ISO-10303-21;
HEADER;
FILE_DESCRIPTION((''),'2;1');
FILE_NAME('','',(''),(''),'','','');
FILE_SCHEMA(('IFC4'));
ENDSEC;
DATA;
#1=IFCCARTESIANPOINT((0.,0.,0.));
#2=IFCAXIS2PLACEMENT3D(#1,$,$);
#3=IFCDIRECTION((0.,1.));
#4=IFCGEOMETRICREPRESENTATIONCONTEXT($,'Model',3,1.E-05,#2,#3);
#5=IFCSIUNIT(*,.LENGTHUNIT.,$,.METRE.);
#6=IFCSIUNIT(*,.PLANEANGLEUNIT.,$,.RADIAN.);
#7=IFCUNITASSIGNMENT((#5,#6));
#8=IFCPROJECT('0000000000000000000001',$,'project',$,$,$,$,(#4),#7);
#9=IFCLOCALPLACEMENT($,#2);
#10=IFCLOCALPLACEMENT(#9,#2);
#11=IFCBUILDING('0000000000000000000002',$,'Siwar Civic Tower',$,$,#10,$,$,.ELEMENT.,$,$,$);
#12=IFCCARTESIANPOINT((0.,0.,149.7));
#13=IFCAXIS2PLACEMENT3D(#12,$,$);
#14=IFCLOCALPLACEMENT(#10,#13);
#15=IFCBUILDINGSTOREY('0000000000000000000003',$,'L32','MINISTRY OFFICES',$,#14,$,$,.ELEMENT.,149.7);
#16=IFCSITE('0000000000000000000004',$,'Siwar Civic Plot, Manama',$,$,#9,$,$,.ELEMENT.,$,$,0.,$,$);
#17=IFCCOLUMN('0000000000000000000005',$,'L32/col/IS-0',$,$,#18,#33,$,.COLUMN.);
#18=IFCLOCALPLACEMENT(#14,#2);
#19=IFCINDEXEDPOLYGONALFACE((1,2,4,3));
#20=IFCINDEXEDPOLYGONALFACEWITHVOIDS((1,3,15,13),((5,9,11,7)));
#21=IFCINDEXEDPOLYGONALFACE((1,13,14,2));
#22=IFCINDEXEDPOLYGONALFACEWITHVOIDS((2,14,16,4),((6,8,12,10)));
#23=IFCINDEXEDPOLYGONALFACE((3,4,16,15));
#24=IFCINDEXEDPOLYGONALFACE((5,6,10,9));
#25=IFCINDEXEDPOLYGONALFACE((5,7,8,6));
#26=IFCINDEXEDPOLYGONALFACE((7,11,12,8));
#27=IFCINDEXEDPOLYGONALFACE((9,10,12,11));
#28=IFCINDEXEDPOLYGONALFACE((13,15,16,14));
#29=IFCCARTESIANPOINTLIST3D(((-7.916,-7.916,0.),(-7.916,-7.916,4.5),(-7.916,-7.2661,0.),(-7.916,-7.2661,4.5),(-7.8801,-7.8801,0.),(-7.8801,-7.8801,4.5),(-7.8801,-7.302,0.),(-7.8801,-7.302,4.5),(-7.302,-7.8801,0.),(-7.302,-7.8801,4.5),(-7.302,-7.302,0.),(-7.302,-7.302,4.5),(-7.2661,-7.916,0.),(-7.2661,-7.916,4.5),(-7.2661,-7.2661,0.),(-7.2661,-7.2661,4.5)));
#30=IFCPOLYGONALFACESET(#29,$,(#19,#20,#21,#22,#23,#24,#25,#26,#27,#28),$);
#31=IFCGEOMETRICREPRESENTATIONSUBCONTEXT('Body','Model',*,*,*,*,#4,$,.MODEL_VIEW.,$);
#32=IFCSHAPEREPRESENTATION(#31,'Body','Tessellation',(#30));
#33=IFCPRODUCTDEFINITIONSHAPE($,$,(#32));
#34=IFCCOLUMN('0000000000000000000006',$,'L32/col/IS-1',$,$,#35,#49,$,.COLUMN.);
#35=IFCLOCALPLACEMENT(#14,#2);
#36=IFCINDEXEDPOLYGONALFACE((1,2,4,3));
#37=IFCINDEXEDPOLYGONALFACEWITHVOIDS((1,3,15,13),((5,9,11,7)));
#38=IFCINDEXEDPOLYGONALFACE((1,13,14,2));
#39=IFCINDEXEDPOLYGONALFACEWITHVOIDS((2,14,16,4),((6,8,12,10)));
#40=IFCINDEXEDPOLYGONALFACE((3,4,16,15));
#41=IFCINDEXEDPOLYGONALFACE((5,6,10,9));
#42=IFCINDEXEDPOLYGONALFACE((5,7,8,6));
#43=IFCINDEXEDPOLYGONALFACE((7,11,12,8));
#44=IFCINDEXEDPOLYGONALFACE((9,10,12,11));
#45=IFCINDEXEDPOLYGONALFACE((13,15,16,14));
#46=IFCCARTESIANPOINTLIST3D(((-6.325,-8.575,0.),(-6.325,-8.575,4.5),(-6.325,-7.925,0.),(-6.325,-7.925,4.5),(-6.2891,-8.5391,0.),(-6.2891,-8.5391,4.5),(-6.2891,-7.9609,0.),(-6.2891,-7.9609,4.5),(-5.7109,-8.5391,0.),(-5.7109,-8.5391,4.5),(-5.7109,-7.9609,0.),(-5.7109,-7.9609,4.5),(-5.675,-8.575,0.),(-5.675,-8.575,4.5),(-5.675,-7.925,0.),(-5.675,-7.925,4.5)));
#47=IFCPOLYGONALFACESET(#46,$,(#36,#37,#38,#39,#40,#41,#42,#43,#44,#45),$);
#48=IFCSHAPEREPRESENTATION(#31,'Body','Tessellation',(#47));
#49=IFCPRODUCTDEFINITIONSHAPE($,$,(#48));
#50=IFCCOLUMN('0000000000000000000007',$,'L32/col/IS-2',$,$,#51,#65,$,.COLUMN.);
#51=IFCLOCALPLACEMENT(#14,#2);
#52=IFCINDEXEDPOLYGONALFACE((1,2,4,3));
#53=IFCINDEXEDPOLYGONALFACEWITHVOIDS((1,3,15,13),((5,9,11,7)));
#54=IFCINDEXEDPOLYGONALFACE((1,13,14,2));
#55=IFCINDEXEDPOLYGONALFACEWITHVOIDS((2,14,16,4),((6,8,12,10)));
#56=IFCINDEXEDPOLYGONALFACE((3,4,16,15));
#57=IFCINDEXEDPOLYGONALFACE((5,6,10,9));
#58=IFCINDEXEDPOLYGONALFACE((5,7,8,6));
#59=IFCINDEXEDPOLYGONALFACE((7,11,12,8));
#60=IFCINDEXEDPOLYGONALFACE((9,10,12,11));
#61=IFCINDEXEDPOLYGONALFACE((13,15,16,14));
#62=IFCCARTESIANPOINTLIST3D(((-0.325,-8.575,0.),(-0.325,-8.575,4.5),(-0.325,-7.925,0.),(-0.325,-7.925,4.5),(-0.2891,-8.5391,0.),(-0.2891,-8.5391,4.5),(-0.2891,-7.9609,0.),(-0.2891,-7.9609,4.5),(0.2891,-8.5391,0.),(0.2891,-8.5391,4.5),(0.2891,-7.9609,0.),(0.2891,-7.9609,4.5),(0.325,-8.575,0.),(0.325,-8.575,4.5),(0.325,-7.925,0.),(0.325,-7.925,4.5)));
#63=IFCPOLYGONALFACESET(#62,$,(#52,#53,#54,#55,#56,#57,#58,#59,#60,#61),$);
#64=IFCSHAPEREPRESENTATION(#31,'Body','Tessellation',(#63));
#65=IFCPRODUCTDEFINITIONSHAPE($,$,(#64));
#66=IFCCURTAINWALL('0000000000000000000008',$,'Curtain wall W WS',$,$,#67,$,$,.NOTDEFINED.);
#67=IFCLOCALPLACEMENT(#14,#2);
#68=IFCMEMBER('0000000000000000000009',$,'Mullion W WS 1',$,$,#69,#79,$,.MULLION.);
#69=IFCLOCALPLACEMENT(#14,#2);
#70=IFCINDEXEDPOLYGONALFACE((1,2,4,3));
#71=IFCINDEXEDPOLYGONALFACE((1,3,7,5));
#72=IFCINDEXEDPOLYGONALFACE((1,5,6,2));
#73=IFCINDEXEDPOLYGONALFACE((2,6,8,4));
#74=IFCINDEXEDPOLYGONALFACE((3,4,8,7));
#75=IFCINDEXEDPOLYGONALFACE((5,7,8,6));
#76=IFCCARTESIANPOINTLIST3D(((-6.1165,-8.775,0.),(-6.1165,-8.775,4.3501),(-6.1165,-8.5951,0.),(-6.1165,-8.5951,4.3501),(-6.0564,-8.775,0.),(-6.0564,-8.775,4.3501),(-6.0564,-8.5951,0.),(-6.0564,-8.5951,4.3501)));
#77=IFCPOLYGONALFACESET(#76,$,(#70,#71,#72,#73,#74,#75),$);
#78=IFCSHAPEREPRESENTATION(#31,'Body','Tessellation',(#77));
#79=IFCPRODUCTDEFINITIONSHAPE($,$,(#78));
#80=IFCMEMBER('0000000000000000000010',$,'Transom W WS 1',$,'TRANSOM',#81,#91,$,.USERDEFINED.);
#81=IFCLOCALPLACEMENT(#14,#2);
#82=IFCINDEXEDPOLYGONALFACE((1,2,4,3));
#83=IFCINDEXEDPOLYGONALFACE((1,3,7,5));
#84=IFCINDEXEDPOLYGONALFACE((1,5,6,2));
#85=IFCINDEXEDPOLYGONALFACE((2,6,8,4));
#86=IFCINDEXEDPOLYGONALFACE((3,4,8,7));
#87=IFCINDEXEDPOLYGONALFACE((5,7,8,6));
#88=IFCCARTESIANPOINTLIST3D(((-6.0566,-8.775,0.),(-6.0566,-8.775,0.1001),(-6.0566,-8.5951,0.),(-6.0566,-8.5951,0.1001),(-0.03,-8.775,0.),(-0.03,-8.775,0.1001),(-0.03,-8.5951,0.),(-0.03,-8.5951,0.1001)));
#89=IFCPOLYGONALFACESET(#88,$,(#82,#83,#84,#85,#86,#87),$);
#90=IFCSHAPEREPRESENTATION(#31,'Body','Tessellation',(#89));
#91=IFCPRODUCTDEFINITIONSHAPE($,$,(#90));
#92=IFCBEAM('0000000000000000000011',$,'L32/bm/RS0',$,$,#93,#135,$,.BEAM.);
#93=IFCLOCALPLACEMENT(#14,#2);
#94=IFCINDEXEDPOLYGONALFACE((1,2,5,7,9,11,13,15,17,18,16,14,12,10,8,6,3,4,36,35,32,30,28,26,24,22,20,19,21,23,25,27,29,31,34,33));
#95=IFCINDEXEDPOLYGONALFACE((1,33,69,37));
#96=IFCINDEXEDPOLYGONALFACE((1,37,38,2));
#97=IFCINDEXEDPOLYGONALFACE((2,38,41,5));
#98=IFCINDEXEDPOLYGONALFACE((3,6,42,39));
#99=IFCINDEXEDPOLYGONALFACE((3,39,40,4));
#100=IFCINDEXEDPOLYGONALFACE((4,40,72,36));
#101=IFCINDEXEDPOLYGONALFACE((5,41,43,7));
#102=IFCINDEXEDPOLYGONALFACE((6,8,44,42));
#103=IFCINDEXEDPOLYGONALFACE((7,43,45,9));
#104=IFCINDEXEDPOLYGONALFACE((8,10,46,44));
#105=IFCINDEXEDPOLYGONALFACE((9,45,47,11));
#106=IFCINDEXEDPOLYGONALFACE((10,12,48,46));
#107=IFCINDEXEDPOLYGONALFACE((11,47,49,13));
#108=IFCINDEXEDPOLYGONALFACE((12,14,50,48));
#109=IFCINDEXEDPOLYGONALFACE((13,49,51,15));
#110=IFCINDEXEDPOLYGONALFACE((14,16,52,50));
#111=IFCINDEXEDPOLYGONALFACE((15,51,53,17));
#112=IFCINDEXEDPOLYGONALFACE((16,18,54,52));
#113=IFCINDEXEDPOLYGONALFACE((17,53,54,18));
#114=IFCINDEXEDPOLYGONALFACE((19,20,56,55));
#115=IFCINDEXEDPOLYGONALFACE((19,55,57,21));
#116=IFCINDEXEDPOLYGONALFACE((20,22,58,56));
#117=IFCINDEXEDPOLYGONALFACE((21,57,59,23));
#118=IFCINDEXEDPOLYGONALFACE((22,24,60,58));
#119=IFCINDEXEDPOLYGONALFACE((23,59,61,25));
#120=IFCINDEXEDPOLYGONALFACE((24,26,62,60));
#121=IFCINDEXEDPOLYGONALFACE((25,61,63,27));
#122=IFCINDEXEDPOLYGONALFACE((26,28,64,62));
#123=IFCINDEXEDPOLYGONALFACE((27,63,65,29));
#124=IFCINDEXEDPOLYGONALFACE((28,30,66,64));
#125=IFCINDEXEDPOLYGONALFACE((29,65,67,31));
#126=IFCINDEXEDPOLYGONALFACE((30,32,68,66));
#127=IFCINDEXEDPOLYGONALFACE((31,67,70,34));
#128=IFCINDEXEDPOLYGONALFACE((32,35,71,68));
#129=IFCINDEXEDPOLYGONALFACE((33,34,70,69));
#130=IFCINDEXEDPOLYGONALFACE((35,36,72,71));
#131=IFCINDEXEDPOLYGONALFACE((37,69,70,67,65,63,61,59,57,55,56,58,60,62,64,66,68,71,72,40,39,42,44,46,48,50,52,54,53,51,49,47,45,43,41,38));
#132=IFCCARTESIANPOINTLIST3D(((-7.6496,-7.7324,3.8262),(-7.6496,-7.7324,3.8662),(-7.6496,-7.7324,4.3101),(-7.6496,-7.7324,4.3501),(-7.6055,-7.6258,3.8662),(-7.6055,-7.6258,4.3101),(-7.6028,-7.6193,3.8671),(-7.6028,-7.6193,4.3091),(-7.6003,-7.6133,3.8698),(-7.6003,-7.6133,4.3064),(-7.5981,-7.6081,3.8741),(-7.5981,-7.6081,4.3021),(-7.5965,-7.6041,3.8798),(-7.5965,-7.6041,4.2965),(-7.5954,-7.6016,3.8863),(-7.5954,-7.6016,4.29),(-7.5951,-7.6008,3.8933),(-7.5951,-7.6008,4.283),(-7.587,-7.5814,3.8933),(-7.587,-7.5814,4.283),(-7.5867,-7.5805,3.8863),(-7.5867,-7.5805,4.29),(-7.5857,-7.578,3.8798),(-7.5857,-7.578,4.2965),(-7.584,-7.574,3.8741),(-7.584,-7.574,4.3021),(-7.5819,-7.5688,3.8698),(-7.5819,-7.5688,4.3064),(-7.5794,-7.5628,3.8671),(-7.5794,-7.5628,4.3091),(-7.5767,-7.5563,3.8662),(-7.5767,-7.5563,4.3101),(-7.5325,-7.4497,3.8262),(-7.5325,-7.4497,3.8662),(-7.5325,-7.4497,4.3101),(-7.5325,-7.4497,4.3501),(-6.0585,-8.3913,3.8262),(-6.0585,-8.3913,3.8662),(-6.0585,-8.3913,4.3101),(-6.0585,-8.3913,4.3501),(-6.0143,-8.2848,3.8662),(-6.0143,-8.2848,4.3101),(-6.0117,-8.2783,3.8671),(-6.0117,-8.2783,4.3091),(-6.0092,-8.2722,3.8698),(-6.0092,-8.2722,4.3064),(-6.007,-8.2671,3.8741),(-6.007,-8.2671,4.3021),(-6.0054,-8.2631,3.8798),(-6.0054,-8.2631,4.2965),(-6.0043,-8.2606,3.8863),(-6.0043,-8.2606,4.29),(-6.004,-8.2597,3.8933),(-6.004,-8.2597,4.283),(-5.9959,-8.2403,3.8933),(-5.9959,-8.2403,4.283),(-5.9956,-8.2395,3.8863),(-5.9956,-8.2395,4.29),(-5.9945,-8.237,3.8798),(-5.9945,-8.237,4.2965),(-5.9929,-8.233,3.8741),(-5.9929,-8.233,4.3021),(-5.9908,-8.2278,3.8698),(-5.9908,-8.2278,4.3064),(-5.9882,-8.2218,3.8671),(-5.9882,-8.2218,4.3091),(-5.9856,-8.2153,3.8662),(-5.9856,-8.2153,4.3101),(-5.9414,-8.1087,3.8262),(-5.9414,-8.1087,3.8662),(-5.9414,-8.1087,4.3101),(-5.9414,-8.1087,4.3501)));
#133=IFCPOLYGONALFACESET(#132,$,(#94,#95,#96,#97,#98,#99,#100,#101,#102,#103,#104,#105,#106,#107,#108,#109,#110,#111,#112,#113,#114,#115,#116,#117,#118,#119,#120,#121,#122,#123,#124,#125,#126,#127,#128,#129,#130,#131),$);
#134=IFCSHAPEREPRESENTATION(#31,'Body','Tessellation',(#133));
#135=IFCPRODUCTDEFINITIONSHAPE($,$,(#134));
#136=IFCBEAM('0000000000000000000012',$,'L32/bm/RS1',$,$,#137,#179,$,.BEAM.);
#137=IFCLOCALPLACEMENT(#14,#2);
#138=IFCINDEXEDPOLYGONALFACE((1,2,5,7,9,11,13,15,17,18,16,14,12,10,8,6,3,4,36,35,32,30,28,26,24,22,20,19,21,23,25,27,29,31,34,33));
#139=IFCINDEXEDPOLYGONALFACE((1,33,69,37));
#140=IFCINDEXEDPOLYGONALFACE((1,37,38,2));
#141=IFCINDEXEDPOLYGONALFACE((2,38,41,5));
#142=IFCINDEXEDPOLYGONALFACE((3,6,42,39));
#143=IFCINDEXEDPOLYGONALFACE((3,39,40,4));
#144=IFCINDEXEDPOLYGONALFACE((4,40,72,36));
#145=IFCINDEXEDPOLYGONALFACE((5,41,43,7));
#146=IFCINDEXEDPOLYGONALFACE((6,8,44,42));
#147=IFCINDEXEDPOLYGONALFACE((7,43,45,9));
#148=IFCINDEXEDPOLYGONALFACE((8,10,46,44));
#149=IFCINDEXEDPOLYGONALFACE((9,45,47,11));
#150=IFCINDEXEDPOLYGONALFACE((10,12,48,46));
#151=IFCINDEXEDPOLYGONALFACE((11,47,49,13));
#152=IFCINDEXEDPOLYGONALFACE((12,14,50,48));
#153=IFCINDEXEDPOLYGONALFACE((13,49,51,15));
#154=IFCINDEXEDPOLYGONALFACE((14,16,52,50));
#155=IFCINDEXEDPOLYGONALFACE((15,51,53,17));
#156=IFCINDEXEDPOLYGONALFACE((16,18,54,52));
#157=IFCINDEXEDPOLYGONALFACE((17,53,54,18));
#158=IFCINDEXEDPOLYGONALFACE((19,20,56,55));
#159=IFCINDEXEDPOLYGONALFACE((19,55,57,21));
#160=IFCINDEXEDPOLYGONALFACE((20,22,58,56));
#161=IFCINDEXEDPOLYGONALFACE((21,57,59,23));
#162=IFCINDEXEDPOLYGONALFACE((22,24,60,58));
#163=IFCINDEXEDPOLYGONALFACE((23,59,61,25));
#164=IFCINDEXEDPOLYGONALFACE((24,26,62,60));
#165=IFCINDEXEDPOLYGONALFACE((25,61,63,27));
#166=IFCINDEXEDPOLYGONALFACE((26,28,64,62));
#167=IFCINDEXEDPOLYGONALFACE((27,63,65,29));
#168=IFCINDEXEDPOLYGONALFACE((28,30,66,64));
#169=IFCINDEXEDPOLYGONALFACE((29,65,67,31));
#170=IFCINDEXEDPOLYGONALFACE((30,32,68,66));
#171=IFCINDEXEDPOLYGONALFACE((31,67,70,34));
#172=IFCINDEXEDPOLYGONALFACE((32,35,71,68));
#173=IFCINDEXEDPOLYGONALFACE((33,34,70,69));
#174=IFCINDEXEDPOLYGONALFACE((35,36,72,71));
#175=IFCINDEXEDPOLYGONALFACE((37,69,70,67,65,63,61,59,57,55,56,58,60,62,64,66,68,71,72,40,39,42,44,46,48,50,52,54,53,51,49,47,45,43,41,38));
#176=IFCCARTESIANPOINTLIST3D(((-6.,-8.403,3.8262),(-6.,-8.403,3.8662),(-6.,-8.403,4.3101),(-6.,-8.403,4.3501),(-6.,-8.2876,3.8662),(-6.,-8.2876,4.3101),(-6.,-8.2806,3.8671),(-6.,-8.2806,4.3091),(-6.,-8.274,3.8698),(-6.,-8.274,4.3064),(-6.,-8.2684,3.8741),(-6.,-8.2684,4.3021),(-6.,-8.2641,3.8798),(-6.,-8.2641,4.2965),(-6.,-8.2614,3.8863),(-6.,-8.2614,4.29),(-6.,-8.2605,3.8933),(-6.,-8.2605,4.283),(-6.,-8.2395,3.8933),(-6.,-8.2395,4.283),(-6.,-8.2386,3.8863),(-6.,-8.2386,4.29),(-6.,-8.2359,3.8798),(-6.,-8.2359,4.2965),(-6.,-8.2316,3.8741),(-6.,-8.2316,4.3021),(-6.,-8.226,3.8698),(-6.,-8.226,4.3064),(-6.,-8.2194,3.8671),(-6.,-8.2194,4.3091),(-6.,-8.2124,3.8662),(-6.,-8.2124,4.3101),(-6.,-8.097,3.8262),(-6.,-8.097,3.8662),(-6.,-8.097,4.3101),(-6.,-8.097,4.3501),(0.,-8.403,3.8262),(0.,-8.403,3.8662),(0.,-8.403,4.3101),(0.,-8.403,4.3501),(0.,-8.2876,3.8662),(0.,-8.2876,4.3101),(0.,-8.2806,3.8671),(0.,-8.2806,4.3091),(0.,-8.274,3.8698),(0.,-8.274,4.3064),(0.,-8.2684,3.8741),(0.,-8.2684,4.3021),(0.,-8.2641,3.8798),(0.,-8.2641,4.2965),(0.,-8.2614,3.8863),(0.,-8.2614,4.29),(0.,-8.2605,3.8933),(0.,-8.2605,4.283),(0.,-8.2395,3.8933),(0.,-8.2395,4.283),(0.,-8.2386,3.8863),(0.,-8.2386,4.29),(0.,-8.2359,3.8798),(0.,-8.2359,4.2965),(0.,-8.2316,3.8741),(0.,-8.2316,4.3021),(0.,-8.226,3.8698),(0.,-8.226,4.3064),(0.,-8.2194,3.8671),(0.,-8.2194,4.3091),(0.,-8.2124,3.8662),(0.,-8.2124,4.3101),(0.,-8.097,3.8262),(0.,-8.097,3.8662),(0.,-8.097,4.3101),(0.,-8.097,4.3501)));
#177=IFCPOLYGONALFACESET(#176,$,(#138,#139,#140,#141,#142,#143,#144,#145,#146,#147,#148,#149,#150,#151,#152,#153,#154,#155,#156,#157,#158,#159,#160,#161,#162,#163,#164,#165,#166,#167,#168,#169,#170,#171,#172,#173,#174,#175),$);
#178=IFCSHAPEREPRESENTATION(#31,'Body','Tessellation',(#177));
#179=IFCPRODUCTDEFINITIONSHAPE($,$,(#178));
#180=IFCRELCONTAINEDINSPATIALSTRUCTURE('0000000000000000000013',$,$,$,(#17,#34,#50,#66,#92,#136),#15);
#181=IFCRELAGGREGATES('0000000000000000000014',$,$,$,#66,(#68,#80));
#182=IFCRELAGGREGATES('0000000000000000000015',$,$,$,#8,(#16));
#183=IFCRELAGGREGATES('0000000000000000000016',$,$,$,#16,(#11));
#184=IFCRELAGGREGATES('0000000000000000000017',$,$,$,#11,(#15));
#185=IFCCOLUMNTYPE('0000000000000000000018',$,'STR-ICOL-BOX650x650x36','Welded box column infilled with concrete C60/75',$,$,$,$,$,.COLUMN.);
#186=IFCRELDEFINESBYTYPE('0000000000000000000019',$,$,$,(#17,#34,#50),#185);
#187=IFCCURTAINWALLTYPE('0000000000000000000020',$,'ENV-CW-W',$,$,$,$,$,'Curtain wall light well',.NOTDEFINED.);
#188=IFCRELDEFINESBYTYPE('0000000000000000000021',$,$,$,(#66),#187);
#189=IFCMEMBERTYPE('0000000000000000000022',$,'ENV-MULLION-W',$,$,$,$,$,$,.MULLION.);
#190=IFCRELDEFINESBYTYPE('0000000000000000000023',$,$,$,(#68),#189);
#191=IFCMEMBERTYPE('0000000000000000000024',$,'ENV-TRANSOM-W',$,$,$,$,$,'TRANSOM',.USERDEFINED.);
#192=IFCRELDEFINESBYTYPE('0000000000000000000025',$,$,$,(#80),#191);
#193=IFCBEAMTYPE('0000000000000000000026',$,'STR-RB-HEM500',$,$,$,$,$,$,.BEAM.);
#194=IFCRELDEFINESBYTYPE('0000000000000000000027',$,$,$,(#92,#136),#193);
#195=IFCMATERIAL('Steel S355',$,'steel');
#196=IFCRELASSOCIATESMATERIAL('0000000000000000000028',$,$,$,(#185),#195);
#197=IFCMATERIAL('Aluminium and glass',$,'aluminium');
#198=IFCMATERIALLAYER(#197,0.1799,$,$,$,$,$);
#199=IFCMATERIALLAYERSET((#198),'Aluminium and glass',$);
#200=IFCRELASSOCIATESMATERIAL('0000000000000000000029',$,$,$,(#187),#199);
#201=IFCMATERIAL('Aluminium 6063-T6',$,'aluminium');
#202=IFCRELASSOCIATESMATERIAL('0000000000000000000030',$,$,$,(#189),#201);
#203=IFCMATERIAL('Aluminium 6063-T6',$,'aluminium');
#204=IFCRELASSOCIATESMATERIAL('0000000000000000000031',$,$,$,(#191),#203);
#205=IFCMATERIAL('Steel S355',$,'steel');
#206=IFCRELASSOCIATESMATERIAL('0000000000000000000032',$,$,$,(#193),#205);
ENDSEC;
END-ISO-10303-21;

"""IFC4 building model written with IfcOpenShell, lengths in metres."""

from ifc_helpers import new_model, si_unit, direction, frame, origin, origin_2d, place, context, subcontext, project, spatial, rectangle, hollow_rectangle, i_section, extrude, material, layer, layer_set, material_profile, profile_set, type_object, element, aggregate, save


model = new_model("IFC4")

# Units and contexts
model_context = context("Model", 3, precision=1e-05, world=origin(), true_north=direction((0.0, 1.0)))
body_context = subcontext(model_context, "Body", "Model", "MODEL_VIEW")
ifc_project = project(units=[si_unit("LENGTHUNIT", "METRE"), si_unit("PLANEANGLEUNIT", "RADIAN")], contexts=[model_context])

# Site, building, storey
site_placement = place(None, origin())
site = spatial("IfcSite", under=ifc_project, at=site_placement, Name="Siwar Civic Plot, Manama", CompositionType="ELEMENT", RefElevation=0.0)
building_placement = place(site_placement, origin())
building = spatial("IfcBuilding", under=site, at=building_placement, Name="Siwar Civic Tower", CompositionType="ELEMENT")
storey_placement = place(building_placement, frame((0.0, 0.0, 149.7)))
storey = spatial("IfcBuildingStorey", under=building, at=storey_placement, Name="L32", Description="MINISTRY OFFICES", CompositionType="ELEMENT", Elevation=149.7)

# Columns
ifc_material_1 = material(Name="Steel S355", Category="steel")
ifc_material_profile_1 = material_profile(ifc_material_1, hollow_rectangle(XDim=0.6499, YDim=0.6499, WallThickness=0.0359, at=origin_2d()), Name="BOX650x650x36")
ifc_profile_set_1 = profile_set([ifc_material_profile_1], Name="Steel S355")
column_type = type_object("IfcColumnType", Name="STR-ICOL-BOX650x650x36", Description="Welded box column infilled with concrete C60/75", PredefinedType="COLUMN", material=ifc_profile_set_1)
for number, where, z_axis, x_axis, name in (
    (1, (-7.5911, -7.5911, 0.0), (0.0, 0.0, 1.0), (1.0, 0.0, 0.0), "L32/col/IS-0"),
    (2, (-6.0, -8.25, 0.0), (0.0, 0.0, 1.0), (1.0, 0.0, 0.0), "L32/col/IS-1"),
    (3, (0.0, -8.25, 0.0), (0.0, 0.0, 1.0), (1.0, 0.0, 0.0), "L32/col/IS-2"),
):
    element("IfcColumn", number, at=place(storey_placement, frame(where, z_axis=z_axis, x_axis=x_axis)), inside=storey, type_object=column_type, Name=name, PredefinedType="COLUMN", context=body_context, shape_type="SweptSolid", body=[
        extrude(hollow_rectangle(XDim=0.6499, YDim=0.6499, WallThickness=0.0359, at=origin_2d()), origin(), (0.0, 0.0, 1.0), 4.5),
    ])

# Curtain wall, members
ifc_material_2 = material(Name="Aluminium and glass", Category="aluminium")
ifc_layer_1 = layer(ifc_material_2, 0.1799)
ifc_layer_set_1 = layer_set([ifc_layer_1], Name="Aluminium and glass")
curtain_wall_type = type_object("IfcCurtainWallType", Name="ENV-CW-W", ElementType="Curtain wall light well", PredefinedType="NOTDEFINED", material=ifc_layer_set_1)
curtain_wall_placement = place(storey_placement, origin())
curtain_wall = element("IfcCurtainWall", 4, at=curtain_wall_placement, inside=storey, type_object=curtain_wall_type, Name="Curtain wall W WS", PredefinedType="NOTDEFINED")
ifc_material_3 = material(Name="Aluminium 6063-T6", Category="aluminium")
ifc_material_profile_2 = material_profile(ifc_material_3, rectangle(XDim=0.1799, YDim=0.0601, at=origin_2d()), Name="AL 180x60")
ifc_profile_set_2 = profile_set([ifc_material_profile_2], Name="Aluminium 6063-T6")
member_type_1 = type_object("IfcMemberType", Name="ENV-MULLION-W", PredefinedType="MULLION", material=ifc_profile_set_2)
member_1_placement = place(storey_placement, frame((-6.0864, -8.6851, 0.0), z_axis=(0.0, 0.0, 1.0), x_axis=(0.0, 1.0, 0.0)))
member_1 = element("IfcMember", 5, at=member_1_placement, type_object=member_type_1, Name="Mullion W WS 1", PredefinedType="MULLION", context=body_context, shape_type="SweptSolid", body=[
    extrude(rectangle(XDim=0.1799, YDim=0.0601, at=origin_2d()), origin(), (0.0, 0.0, 1.0), 4.3501),
])
ifc_material_4 = material(Name="Aluminium 6063-T6", Category="aluminium")
ifc_material_profile_3 = material_profile(ifc_material_4, rectangle(XDim=0.1799, YDim=0.1001, at=origin_2d()), Name="AL 180x100")
ifc_profile_set_3 = profile_set([ifc_material_profile_3], Name="Aluminium 6063-T6")
member_type_2 = type_object("IfcMemberType", Name="ENV-TRANSOM-W", ElementType="TRANSOM", PredefinedType="USERDEFINED", material=ifc_profile_set_3)
member_2_placement = place(storey_placement, frame((-6.0566, -8.6851, 0.05), z_axis=(1.0, 0.0, 0.0), x_axis=(0.0, 1.0, 0.0)))
member_2 = element("IfcMember", 6, at=member_2_placement, type_object=member_type_2, Name="Transom W WS 1", ObjectType="TRANSOM", PredefinedType="USERDEFINED", context=body_context, shape_type="SweptSolid", body=[
    extrude(rectangle(XDim=0.1799, YDim=0.1001, at=origin_2d()), origin(), (0.0, 0.0, 1.0), 6.0266),
])

# Beams
ifc_material_5 = material(Name="Steel S355", Category="steel")
ifc_material_profile_4 = material_profile(ifc_material_5, i_section(OverallWidth=0.3059, OverallDepth=0.5239, WebThickness=0.021, FlangeThickness=0.04, FilletRadius=0.0271, at=origin_2d()), Name="HEM500")
ifc_profile_set_4 = profile_set([ifc_material_profile_4], Name="Steel S355")
beam_type = type_object("IfcBeamType", Name="STR-RB-HEM500", PredefinedType="BEAM", material=ifc_profile_set_4)
beam_1_placement = place(storey_placement, frame((-7.5911, -7.5911, 4.0881), z_axis=(0.923901, -0.382631, 0.0), x_axis=(0.382631, 0.923901, 0.0)))
element("IfcBeam", 7, at=beam_1_placement, inside=storey, type_object=beam_type, Name="L32/bm/RS0", PredefinedType="BEAM", context=body_context, shape_type="SweptSolid", body=[
    extrude(i_section(OverallWidth=0.3059, OverallDepth=0.5239, WebThickness=0.021, FlangeThickness=0.04, FilletRadius=0.0271, at=origin_2d()), origin(), (0.0, 0.0, 1.0), 1.7222),
])
for number, where, z_axis, x_axis, name in (
    (8, (-6.0, -8.25, 4.0881), (1.0, 0.0, 0.0), (0.0, 1.0, 0.0), "L32/bm/RS1"),
):
    element("IfcBeam", number, at=place(storey_placement, frame(where, z_axis=z_axis, x_axis=x_axis)), inside=storey, type_object=beam_type, Name=name, PredefinedType="BEAM", context=body_context, shape_type="SweptSolid", body=[
        extrude(i_section(OverallWidth=0.3059, OverallDepth=0.5239, WebThickness=0.021, FlangeThickness=0.04, FilletRadius=0.0271, at=origin_2d()), origin(), (0.0, 0.0, 1.0), 6.0),
    ])

aggregate(curtain_wall, [member_1, member_2])

save(model, "model.ifc")
